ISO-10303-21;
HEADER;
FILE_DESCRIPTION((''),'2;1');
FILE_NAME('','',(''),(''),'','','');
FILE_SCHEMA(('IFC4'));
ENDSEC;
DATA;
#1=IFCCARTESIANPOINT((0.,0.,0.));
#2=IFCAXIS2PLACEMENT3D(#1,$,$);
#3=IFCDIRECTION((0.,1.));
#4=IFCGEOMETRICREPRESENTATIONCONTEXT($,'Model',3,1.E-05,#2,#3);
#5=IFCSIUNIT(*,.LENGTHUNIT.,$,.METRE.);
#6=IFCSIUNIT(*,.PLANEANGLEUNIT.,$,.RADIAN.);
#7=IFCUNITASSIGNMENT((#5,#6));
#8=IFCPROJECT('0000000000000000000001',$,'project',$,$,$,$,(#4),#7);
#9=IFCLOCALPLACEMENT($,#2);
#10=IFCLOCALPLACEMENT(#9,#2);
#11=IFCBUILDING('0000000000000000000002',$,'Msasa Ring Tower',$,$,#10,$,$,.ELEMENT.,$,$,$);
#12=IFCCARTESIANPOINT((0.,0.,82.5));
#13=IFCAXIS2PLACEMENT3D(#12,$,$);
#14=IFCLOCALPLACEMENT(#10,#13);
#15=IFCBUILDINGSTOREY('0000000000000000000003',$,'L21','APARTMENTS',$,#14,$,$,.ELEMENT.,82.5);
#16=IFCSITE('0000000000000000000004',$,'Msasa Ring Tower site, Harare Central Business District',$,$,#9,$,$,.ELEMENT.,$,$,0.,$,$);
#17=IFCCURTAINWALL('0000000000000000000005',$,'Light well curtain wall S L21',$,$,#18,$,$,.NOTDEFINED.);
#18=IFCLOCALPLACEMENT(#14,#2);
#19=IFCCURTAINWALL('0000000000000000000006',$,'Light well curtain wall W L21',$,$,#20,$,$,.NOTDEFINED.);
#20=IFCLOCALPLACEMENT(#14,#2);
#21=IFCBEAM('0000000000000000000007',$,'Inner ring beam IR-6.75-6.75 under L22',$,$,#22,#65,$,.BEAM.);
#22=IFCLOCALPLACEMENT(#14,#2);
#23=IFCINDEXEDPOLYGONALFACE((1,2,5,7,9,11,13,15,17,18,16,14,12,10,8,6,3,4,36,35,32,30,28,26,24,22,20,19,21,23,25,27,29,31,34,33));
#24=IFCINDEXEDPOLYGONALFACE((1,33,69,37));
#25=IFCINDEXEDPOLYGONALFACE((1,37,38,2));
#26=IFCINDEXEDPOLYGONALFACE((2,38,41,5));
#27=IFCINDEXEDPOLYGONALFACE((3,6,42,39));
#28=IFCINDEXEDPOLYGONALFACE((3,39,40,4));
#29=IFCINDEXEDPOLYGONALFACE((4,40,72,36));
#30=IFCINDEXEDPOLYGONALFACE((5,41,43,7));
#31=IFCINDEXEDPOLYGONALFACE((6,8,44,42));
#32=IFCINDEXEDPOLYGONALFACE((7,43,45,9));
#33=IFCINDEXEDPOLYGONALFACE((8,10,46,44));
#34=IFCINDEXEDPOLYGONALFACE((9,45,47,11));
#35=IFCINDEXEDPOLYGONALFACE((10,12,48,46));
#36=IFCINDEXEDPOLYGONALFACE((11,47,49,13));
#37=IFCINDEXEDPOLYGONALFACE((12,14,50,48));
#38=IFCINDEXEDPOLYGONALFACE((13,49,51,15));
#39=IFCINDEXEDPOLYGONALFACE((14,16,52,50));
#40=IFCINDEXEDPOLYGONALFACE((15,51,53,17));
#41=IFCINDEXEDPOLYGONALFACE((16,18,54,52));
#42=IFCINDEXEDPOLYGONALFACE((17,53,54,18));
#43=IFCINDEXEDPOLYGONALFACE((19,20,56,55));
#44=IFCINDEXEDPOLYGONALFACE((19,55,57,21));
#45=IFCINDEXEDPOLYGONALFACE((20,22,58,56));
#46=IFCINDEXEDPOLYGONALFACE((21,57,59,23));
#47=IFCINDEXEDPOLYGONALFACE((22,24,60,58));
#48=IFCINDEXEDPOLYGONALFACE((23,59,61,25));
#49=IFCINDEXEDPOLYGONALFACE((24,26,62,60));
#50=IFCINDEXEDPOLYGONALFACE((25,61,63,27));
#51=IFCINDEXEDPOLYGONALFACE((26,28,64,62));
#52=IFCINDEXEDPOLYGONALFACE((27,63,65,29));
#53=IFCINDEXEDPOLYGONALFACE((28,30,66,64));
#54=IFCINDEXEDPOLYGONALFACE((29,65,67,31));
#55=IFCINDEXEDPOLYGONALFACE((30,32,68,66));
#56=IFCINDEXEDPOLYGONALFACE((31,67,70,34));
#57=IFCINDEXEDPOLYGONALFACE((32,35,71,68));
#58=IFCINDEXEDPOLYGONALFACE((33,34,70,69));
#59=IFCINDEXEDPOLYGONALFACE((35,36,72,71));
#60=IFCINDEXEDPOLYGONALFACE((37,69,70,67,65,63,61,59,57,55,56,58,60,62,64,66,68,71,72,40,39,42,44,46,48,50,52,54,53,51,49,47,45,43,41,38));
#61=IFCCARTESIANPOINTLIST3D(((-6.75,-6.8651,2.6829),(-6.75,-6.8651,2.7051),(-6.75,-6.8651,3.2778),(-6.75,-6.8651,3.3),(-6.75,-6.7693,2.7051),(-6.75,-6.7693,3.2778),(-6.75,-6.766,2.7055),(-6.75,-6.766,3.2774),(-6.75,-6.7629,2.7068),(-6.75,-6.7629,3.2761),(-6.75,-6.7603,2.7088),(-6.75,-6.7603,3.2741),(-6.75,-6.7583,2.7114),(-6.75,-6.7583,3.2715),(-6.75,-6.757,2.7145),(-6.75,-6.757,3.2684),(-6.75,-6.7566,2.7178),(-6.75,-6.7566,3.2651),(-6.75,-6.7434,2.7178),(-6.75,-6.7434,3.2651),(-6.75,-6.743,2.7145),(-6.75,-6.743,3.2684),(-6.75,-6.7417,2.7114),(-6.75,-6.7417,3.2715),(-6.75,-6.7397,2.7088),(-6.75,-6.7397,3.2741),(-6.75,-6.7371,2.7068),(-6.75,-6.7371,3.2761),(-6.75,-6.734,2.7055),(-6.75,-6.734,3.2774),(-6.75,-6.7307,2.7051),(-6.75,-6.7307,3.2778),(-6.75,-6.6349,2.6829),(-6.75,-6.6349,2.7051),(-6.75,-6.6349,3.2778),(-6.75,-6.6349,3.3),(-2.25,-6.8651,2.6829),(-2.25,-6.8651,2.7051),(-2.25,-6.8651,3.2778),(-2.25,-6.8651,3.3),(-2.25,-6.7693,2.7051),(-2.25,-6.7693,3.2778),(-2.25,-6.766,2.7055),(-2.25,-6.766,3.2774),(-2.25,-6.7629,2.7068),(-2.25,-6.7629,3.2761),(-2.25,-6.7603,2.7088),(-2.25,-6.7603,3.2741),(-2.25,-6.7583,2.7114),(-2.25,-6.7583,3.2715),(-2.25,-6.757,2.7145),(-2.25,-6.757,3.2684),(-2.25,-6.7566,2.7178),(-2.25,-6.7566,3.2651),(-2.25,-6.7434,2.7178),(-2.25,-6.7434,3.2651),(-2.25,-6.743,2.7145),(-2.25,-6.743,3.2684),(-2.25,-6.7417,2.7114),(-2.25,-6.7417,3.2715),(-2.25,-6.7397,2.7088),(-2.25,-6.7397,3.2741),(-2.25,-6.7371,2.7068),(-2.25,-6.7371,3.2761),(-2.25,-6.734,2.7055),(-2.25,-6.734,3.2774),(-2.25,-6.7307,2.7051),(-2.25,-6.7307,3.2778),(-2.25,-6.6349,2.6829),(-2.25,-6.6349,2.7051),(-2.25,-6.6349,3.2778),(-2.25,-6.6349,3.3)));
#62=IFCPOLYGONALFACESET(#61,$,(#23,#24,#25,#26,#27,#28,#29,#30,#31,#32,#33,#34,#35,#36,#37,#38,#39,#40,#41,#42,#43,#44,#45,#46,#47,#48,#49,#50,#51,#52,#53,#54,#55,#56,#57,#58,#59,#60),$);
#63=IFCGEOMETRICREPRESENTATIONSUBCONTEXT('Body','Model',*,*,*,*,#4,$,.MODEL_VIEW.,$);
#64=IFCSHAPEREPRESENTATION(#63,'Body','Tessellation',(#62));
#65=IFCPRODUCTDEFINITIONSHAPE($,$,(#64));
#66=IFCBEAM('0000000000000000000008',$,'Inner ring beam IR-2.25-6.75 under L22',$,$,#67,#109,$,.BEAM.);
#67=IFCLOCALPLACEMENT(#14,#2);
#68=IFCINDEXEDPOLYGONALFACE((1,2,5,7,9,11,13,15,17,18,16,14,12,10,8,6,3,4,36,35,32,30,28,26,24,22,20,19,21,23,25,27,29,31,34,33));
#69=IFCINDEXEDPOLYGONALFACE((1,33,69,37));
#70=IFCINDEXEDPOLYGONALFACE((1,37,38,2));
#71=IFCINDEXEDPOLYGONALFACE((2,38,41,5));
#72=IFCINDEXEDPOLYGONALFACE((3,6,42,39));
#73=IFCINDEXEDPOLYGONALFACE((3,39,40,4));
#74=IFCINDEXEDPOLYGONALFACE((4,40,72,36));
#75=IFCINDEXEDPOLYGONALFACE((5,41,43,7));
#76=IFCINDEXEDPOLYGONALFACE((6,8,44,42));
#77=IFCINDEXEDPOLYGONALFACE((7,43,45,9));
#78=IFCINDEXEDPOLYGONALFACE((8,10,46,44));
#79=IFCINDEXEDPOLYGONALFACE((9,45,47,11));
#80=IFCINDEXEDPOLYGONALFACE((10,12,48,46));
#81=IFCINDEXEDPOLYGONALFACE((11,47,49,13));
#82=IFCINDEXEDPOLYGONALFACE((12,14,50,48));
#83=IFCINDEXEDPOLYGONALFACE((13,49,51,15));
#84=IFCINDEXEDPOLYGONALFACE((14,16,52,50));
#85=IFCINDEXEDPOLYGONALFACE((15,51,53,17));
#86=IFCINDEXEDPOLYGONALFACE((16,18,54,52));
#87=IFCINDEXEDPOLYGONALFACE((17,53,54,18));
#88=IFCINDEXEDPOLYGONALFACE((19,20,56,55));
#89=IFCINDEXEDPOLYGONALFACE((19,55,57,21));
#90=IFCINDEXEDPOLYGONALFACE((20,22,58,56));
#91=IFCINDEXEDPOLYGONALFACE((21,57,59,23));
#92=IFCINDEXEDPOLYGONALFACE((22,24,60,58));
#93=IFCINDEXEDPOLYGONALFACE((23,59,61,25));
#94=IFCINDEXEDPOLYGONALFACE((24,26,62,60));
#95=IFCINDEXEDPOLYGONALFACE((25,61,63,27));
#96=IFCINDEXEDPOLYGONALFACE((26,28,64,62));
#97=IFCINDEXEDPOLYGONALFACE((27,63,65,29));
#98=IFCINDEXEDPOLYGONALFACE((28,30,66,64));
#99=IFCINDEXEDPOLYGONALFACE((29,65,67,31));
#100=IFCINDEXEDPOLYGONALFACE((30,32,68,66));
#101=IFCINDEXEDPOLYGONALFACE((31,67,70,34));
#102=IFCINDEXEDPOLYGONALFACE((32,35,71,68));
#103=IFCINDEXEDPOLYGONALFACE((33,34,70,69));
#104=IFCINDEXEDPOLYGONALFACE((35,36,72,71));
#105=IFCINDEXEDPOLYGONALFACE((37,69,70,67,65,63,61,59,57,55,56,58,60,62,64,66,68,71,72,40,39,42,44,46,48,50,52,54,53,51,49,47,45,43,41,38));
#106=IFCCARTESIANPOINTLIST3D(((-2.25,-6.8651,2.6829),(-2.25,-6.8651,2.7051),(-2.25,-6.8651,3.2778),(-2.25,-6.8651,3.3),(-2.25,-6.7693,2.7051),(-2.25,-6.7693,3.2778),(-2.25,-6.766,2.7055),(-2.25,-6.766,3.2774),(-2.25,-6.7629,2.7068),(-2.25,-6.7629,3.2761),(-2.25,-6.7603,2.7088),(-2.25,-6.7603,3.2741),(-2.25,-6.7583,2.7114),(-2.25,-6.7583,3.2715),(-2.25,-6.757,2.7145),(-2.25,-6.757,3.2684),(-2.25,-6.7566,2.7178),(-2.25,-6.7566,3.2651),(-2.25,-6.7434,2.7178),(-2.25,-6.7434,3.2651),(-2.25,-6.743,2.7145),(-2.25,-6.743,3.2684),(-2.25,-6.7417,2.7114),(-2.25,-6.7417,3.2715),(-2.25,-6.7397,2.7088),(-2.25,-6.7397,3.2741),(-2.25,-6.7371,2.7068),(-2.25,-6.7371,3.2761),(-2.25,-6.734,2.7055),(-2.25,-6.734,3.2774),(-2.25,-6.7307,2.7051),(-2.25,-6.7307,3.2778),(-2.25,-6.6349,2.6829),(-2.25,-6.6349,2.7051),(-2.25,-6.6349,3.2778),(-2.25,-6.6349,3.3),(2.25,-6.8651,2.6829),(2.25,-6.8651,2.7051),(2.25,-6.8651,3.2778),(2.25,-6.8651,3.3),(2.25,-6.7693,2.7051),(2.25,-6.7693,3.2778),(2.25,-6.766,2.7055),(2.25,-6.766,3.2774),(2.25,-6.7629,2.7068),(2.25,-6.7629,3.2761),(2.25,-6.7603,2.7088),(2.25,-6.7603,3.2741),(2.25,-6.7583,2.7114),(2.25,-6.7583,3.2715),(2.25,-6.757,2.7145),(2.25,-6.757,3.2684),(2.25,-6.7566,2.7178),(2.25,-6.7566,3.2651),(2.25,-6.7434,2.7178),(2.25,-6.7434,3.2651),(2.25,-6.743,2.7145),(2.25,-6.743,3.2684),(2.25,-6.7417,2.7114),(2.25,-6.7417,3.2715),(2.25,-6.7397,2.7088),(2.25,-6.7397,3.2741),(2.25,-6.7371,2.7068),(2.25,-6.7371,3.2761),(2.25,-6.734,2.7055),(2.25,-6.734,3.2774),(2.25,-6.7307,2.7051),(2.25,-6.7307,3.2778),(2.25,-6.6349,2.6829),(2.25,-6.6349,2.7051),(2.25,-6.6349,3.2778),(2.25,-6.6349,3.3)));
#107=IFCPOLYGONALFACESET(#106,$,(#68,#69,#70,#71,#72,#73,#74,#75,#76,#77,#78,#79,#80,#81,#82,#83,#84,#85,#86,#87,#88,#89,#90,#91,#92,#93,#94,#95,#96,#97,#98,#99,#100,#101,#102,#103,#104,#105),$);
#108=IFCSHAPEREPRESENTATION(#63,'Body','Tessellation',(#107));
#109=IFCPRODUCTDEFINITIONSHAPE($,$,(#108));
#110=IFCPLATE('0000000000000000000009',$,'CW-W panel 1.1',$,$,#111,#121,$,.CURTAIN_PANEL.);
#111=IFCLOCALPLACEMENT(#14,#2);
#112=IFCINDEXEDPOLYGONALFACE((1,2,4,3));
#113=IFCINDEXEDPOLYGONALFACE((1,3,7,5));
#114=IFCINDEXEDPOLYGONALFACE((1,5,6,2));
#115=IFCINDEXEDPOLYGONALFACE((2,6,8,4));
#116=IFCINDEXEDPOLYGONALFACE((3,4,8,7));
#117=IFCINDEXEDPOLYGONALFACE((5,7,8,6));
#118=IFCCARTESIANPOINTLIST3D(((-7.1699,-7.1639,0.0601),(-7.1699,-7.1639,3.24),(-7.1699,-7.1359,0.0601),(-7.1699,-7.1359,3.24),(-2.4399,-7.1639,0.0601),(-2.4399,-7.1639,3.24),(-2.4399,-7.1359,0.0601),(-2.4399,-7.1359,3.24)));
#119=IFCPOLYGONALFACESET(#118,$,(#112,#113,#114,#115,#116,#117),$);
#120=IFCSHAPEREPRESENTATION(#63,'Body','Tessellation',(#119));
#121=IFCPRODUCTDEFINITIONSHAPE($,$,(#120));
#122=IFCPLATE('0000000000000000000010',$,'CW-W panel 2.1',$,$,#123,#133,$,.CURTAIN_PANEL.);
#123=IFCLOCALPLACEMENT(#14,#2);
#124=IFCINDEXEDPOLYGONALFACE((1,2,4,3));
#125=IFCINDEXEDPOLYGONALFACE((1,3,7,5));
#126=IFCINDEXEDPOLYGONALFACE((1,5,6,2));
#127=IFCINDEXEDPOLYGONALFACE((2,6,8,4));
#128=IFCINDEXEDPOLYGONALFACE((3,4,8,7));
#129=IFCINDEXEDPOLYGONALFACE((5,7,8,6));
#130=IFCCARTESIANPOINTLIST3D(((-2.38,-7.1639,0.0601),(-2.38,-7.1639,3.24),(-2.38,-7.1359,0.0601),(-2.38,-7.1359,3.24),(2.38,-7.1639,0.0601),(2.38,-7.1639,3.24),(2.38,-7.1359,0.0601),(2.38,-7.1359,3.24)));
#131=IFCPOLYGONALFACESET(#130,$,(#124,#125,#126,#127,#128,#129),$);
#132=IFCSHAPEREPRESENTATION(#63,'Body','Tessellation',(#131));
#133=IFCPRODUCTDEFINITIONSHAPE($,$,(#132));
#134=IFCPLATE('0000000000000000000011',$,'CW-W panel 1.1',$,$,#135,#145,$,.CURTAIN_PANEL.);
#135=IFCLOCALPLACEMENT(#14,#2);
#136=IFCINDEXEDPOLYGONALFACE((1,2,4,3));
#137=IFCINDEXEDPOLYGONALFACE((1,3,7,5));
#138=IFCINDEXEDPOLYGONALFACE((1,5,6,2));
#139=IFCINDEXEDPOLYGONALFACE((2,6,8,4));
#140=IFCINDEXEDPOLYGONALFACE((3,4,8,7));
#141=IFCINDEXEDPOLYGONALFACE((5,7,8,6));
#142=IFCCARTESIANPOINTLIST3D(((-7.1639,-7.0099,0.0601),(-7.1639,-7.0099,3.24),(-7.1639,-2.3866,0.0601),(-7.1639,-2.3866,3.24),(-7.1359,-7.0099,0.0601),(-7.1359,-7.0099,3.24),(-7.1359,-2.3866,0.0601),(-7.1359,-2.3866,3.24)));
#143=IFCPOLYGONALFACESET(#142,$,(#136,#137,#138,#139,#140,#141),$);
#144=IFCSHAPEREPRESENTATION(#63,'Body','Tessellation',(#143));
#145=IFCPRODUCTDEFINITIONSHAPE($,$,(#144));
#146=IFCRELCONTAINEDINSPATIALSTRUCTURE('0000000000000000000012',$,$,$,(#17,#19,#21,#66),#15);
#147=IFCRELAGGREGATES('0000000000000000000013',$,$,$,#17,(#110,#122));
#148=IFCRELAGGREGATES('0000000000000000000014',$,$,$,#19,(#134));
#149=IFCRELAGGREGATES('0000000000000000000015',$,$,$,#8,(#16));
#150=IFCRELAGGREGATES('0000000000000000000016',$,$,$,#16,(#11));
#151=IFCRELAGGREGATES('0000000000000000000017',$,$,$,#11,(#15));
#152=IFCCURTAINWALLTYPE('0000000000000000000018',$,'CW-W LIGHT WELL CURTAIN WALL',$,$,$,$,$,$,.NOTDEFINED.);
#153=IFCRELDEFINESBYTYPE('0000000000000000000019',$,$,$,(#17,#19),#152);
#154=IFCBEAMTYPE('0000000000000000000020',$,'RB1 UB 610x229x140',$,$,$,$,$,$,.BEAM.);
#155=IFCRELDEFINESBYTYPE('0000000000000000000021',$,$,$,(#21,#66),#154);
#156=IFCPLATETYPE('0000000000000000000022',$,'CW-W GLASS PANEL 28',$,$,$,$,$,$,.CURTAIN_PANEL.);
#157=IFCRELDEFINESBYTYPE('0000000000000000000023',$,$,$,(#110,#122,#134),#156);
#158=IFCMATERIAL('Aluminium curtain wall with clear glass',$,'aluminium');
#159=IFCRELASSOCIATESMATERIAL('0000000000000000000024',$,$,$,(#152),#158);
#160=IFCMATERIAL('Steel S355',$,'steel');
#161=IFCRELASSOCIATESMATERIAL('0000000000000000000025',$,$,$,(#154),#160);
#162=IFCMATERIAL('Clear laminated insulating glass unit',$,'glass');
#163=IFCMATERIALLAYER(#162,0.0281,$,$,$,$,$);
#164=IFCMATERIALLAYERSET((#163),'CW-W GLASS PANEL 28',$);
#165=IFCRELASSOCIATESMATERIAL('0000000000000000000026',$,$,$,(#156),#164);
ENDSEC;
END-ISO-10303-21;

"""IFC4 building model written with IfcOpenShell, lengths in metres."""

from ifc_helpers import new_model, si_unit, direction, frame, origin, origin_2d, place, context, subcontext, project, spatial, rectangle, i_section, extrude, material, layer, layer_set, material_profile, profile_set, type_object, element, aggregate, save


model = new_model("IFC4")

# Units and contexts
model_context = context("Model", 3, precision=1e-05, world=origin(), true_north=direction((0.0, 1.0)))
body_context = subcontext(model_context, "Body", "Model", "MODEL_VIEW")
ifc_project = project(units=[si_unit("LENGTHUNIT", "METRE"), si_unit("PLANEANGLEUNIT", "RADIAN")], contexts=[model_context])

# Site, building, storey
site_placement = place(None, origin())
site = spatial("IfcSite", under=ifc_project, at=site_placement, Name="Msasa Ring Tower site, Harare Central Business District", CompositionType="ELEMENT", RefElevation=0.0)
building_placement = place(site_placement, origin())
building = spatial("IfcBuilding", under=site, at=building_placement, Name="Msasa Ring Tower", CompositionType="ELEMENT")
storey_placement = place(building_placement, frame((0.0, 0.0, 82.5)))
storey = spatial("IfcBuildingStorey", under=building, at=storey_placement, Name="L21", Description="APARTMENTS", CompositionType="ELEMENT", Elevation=82.5)

# Curtain walls
ifc_material_1 = material(Name="Aluminium curtain wall with clear glass", Category="aluminium")
curtain_wall_type = type_object("IfcCurtainWallType", Name="CW-W LIGHT WELL CURTAIN WALL", PredefinedType="NOTDEFINED", material=ifc_material_1)
curtain_wall_1_placement = place(storey_placement, origin())
curtain_wall_1 = element("IfcCurtainWall", 1, at=curtain_wall_1_placement, inside=storey, type_object=curtain_wall_type, Name="Light well curtain wall S L21", PredefinedType="NOTDEFINED")
curtain_wall_2_placement = place(storey_placement, origin())
curtain_wall_2 = element("IfcCurtainWall", 2, at=curtain_wall_2_placement, inside=storey, type_object=curtain_wall_type, Name="Light well curtain wall W L21", PredefinedType="NOTDEFINED")

# Beams
ifc_material_2 = material(Name="Steel S355", Category="steel")
ifc_material_profile_1 = material_profile(ifc_material_2, i_section(OverallWidth=0.2302, OverallDepth=0.6172, WebThickness=0.0132, FlangeThickness=0.0222, FilletRadius=0.0127, at=origin_2d()), Name="UB 610x229x140")
ifc_profile_set_1 = profile_set([ifc_material_profile_1], Name="Steel S355")
beam_type = type_object("IfcBeamType", Name="RB1 UB 610x229x140", PredefinedType="BEAM", material=ifc_profile_set_1)
for number, where, z_axis, x_axis, name in (
    (3, (-6.75, -6.75, 2.9915), (1.0, 0.0, 0.0), (0.0, 1.0, 0.0), "Inner ring beam IR-6.75-6.75 under L22"),
    (4, (-2.25, -6.75, 2.9915), (1.0, 0.0, 0.0), (0.0, 1.0, 0.0), "Inner ring beam IR-2.25-6.75 under L22"),
):
    element("IfcBeam", number, at=place(storey_placement, frame(where, z_axis=z_axis, x_axis=x_axis)), inside=storey, type_object=beam_type, Name=name, PredefinedType="BEAM", context=body_context, shape_type="SweptSolid", body=[
        extrude(i_section(OverallWidth=0.2302, OverallDepth=0.6172, WebThickness=0.0132, FlangeThickness=0.0222, FilletRadius=0.0127, at=origin_2d()), origin(), (0.0, 0.0, 1.0), 4.5),
    ])

# Plates
ifc_material_3 = material(Name="Clear laminated insulating glass unit", Category="glass")
ifc_layer = layer(ifc_material_3, 0.0281)
ifc_layer_set = layer_set([ifc_layer], Name="CW-W GLASS PANEL 28")
plate_type = type_object("IfcPlateType", Name="CW-W GLASS PANEL 28", PredefinedType="CURTAIN_PANEL", material=ifc_layer_set)
plate_1_placement = place(storey_placement, frame((-4.8049, -7.1499, 0.0601), z_axis=(0.0, 0.0, 1.0), x_axis=(1.0, 0.0, 0.0)))
plate_1 = element("IfcPlate", 5, at=plate_1_placement, type_object=plate_type, Name="CW-W panel 1.1", PredefinedType="CURTAIN_PANEL", context=body_context, shape_type="SweptSolid", body=[
    extrude(rectangle(XDim=4.73, YDim=0.0281, at=origin_2d()), origin(), (0.0, 0.0, 1.0), 3.1799),
])
plate_2_placement = place(storey_placement, frame((0.0, -7.1499, 0.0601), z_axis=(0.0, 0.0, 1.0), x_axis=(1.0, 0.0, 0.0)))
plate_2 = element("IfcPlate", 6, at=plate_2_placement, type_object=plate_type, Name="CW-W panel 2.1", PredefinedType="CURTAIN_PANEL", context=body_context, shape_type="SweptSolid", body=[
    extrude(rectangle(XDim=4.76, YDim=0.0281, at=origin_2d()), origin(), (0.0, 0.0, 1.0), 3.1799),
])
aggregate(curtain_wall_1, [plate_1, plate_2])
plate_3_placement = place(storey_placement, frame((-7.1499, -4.6982, 0.0601), z_axis=(0.0, 0.0, 1.0), x_axis=(0.0, 1.0, 0.0)))
plate_3 = element("IfcPlate", 7, at=plate_3_placement, type_object=plate_type, Name="CW-W panel 1.1", PredefinedType="CURTAIN_PANEL", context=body_context, shape_type="SweptSolid", body=[
    extrude(rectangle(XDim=4.6233, YDim=0.0281, at=origin_2d()), origin(), (0.0, 0.0, 1.0), 3.1799),
])
aggregate(curtain_wall_2, [plate_3])

save(model, "model.ifc")
